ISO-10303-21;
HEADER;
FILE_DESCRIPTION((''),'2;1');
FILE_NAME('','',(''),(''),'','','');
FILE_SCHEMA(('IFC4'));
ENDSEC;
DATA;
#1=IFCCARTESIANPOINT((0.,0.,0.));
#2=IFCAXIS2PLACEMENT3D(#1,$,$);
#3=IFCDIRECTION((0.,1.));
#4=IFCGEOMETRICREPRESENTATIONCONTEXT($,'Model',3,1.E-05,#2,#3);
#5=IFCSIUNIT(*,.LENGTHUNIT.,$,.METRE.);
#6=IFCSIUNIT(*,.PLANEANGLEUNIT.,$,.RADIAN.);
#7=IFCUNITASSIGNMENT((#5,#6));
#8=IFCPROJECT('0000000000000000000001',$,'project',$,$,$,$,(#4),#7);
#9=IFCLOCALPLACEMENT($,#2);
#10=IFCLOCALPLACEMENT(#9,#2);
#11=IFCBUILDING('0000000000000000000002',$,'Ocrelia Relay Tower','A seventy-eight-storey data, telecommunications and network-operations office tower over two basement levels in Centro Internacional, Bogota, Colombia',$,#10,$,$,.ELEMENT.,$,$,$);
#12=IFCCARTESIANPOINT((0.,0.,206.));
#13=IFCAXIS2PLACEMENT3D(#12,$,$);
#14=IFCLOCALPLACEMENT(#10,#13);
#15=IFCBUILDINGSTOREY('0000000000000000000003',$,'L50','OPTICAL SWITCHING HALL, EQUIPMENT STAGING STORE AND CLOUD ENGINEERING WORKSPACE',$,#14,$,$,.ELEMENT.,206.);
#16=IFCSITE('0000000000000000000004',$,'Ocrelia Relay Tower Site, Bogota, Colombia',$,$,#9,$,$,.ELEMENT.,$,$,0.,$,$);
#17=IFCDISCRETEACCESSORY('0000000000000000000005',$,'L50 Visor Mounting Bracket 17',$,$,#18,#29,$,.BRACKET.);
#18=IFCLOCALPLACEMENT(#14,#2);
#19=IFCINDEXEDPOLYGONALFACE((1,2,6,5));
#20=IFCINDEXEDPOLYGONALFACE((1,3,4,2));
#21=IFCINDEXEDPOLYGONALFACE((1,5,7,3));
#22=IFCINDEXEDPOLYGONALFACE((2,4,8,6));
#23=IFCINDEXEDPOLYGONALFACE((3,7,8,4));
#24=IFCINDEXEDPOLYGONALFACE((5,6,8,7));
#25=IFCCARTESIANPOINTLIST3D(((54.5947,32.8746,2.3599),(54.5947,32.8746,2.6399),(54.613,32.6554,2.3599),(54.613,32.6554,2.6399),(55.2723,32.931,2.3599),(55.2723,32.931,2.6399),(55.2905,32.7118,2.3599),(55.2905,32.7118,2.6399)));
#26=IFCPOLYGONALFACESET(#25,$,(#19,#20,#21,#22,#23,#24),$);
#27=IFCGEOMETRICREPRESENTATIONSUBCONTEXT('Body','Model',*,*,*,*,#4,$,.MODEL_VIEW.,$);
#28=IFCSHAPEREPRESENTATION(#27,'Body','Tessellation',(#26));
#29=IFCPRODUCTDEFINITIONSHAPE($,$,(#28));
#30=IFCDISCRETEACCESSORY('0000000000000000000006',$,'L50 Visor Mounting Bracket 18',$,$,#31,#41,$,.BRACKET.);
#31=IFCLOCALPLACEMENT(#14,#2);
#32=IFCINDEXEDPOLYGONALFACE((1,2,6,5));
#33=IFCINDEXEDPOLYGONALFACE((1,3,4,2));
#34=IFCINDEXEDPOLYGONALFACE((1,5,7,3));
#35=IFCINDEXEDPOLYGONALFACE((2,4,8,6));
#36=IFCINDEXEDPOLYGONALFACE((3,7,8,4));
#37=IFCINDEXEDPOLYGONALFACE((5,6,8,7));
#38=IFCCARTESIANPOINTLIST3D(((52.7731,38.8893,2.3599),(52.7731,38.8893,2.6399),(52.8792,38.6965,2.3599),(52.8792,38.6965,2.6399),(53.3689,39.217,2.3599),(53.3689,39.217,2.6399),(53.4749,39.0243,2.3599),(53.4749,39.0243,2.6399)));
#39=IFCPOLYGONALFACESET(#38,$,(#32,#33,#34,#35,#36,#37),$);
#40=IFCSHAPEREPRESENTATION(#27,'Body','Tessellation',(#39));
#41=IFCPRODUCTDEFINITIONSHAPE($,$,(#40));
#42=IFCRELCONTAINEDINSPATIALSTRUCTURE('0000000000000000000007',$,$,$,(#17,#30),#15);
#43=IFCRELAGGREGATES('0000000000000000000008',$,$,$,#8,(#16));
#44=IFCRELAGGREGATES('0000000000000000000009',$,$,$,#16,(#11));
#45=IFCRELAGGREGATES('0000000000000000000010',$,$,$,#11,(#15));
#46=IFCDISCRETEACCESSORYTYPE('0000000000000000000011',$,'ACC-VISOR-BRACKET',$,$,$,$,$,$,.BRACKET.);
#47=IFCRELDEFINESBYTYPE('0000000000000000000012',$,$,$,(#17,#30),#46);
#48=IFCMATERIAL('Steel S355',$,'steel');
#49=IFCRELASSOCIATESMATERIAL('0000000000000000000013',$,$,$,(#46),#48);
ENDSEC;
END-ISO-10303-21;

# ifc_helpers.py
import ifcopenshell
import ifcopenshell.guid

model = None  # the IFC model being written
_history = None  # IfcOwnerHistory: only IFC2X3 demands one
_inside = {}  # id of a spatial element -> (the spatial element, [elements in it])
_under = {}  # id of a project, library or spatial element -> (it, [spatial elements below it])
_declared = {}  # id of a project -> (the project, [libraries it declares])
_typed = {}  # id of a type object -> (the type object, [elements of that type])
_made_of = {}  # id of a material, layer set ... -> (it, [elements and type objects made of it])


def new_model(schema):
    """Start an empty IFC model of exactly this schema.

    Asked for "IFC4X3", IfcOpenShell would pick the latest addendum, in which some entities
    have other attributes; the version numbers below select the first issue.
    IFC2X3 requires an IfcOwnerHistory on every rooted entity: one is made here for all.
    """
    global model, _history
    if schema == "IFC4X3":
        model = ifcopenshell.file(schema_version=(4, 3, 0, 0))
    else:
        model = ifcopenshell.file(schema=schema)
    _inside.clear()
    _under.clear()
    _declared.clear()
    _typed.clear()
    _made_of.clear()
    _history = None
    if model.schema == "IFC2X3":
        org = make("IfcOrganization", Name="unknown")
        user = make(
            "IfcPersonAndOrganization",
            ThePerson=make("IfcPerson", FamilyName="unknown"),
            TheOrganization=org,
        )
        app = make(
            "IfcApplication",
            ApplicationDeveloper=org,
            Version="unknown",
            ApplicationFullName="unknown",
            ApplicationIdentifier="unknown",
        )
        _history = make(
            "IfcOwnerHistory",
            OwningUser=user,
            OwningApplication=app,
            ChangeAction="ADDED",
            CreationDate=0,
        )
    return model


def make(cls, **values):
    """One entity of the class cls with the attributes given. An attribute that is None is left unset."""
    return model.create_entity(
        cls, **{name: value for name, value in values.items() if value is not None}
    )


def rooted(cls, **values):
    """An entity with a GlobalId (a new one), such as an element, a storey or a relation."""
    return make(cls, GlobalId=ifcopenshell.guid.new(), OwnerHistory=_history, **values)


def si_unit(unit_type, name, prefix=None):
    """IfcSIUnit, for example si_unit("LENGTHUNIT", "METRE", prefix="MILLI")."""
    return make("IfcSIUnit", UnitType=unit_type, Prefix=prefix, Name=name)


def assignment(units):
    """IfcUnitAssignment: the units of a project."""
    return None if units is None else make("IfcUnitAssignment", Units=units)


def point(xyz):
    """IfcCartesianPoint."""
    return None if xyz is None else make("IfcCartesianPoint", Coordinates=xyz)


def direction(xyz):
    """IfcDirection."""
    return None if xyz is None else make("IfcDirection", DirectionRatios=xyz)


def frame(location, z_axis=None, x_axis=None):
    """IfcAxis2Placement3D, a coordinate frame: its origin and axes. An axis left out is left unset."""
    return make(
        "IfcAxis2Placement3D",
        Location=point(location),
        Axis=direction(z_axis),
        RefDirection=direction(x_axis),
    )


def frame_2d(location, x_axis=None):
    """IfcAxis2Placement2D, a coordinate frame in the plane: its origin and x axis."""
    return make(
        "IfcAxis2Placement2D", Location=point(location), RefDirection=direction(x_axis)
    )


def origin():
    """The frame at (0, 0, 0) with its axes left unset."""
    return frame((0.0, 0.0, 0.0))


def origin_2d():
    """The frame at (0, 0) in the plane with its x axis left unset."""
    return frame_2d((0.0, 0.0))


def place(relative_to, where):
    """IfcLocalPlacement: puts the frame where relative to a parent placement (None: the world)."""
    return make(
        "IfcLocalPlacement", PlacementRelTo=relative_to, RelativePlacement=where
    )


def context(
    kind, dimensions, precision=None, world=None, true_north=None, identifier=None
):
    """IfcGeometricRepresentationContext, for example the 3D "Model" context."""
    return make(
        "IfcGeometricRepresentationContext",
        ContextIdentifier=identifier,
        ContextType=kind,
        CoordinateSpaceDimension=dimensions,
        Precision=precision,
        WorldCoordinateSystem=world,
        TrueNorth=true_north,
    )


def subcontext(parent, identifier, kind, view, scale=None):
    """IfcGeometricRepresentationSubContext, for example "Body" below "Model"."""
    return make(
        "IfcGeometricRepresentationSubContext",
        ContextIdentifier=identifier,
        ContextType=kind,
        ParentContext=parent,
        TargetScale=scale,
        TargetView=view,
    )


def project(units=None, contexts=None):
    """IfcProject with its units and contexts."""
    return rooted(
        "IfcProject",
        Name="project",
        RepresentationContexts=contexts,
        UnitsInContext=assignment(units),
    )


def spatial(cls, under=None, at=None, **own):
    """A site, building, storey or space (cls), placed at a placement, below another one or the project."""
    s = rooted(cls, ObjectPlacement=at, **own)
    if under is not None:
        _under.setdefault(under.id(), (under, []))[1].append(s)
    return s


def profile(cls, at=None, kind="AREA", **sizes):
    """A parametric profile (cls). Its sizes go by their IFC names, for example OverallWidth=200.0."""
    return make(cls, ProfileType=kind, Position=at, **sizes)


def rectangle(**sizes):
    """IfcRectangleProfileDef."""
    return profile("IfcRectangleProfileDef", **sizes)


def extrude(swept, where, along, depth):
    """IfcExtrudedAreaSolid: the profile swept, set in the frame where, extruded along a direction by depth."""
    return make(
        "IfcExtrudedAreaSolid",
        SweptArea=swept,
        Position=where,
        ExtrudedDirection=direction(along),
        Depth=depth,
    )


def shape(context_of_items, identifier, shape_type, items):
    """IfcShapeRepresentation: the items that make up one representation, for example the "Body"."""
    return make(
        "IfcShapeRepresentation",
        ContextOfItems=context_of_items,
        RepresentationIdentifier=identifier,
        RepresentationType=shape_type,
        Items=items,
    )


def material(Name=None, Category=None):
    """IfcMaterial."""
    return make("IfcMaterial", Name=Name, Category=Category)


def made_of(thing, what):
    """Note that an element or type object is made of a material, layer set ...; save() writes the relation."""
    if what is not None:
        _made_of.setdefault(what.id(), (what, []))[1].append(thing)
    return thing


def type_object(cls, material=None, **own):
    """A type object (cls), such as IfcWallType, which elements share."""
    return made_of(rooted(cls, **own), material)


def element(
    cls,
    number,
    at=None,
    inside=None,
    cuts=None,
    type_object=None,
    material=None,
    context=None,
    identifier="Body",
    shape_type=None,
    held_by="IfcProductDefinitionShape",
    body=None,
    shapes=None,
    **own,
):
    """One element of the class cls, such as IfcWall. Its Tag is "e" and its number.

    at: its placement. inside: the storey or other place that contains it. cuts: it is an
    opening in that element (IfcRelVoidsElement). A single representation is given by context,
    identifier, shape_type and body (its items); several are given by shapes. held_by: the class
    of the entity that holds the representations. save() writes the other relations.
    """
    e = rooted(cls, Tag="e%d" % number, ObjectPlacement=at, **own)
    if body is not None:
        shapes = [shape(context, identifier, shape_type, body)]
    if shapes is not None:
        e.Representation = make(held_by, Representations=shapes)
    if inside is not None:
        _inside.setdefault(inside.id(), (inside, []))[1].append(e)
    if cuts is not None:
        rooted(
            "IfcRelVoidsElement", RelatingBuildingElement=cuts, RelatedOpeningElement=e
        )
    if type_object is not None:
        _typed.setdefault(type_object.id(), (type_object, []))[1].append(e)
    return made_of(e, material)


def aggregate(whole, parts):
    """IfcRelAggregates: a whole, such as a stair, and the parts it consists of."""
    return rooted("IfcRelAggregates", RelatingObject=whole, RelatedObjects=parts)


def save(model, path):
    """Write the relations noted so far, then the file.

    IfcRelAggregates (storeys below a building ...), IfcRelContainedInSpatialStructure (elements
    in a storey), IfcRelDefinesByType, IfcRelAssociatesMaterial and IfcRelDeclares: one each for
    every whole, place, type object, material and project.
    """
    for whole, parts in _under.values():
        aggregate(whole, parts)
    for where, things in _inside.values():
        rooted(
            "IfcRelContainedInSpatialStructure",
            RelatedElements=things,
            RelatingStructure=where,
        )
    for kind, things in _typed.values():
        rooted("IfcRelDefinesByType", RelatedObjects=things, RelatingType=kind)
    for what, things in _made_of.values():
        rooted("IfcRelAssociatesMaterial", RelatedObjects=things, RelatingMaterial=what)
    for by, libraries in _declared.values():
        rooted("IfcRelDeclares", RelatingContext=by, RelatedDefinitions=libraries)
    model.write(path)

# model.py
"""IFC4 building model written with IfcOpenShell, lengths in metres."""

from ifc_helpers import new_model, si_unit, direction, frame, origin, origin_2d, place, context, subcontext, project, spatial, rectangle, extrude, material, type_object, element, save


model = new_model("IFC4")

# Units and contexts
model_context = context("Model", 3, precision=1e-05, world=origin(), true_north=direction((0.0, 1.0)))
body_context = subcontext(model_context, "Body", "Model", "MODEL_VIEW")
ifc_project = project(units=[si_unit("LENGTHUNIT", "METRE"), si_unit("PLANEANGLEUNIT", "RADIAN")], contexts=[model_context])

# Site, building, storey
site_placement = place(None, origin())
site = spatial("IfcSite", under=ifc_project, at=site_placement, Name="Ocrelia Relay Tower Site, Bogota, Colombia", CompositionType="ELEMENT", RefElevation=0.0)
building_placement = place(site_placement, origin())
building = spatial("IfcBuilding", under=site, at=building_placement, Name="Ocrelia Relay Tower", Description="A seventy-eight-storey data, telecommunications and network-operations office tower over two basement levels in Centro Internacional, Bogota, Colombia", CompositionType="ELEMENT")
storey_placement = place(building_placement, frame((0.0, 0.0, 206.0)))
storey = spatial("IfcBuildingStorey", under=building, at=storey_placement, Name="L50", Description="OPTICAL SWITCHING HALL, EQUIPMENT STAGING STORE AND CLOUD ENGINEERING WORKSPACE", CompositionType="ELEMENT", Elevation=206.0)

# Shared definitions
ifc_material_1 = material(Name="Steel S355", Category="steel")

# Discrete accessories
discrete_accessory_type = type_object("IfcDiscreteAccessoryType", Name="ACC-VISOR-BRACKET", PredefinedType="BRACKET", material=ifc_material_1)
for number, where, z_axis, x_axis, name in (
    (1, (54.9426, 32.7932, 2.3599), (0.0, 0.0, 1.0), (-0.08292, 0.996556, 0.0), "L50 Visor Mounting Bracket 17"),
    (2, (53.124, 38.9568, 2.3599), (0.0, 0.0, 1.0), (-0.482049, 0.876144, 0.0), "L50 Visor Mounting Bracket 18"),
):
    element("IfcDiscreteAccessory", number, at=place(storey_placement, frame(where, z_axis=z_axis, x_axis=x_axis)), inside=storey, type_object=discrete_accessory_type, Name=name, PredefinedType="BRACKET", context=body_context, shape_type="SweptSolid", body=[
        extrude(rectangle(XDim=0.22, YDim=0.6799, at=origin_2d()), origin(), (0.0, 0.0, 1.0), 0.28),
    ])

save(model, "model.ifc")
